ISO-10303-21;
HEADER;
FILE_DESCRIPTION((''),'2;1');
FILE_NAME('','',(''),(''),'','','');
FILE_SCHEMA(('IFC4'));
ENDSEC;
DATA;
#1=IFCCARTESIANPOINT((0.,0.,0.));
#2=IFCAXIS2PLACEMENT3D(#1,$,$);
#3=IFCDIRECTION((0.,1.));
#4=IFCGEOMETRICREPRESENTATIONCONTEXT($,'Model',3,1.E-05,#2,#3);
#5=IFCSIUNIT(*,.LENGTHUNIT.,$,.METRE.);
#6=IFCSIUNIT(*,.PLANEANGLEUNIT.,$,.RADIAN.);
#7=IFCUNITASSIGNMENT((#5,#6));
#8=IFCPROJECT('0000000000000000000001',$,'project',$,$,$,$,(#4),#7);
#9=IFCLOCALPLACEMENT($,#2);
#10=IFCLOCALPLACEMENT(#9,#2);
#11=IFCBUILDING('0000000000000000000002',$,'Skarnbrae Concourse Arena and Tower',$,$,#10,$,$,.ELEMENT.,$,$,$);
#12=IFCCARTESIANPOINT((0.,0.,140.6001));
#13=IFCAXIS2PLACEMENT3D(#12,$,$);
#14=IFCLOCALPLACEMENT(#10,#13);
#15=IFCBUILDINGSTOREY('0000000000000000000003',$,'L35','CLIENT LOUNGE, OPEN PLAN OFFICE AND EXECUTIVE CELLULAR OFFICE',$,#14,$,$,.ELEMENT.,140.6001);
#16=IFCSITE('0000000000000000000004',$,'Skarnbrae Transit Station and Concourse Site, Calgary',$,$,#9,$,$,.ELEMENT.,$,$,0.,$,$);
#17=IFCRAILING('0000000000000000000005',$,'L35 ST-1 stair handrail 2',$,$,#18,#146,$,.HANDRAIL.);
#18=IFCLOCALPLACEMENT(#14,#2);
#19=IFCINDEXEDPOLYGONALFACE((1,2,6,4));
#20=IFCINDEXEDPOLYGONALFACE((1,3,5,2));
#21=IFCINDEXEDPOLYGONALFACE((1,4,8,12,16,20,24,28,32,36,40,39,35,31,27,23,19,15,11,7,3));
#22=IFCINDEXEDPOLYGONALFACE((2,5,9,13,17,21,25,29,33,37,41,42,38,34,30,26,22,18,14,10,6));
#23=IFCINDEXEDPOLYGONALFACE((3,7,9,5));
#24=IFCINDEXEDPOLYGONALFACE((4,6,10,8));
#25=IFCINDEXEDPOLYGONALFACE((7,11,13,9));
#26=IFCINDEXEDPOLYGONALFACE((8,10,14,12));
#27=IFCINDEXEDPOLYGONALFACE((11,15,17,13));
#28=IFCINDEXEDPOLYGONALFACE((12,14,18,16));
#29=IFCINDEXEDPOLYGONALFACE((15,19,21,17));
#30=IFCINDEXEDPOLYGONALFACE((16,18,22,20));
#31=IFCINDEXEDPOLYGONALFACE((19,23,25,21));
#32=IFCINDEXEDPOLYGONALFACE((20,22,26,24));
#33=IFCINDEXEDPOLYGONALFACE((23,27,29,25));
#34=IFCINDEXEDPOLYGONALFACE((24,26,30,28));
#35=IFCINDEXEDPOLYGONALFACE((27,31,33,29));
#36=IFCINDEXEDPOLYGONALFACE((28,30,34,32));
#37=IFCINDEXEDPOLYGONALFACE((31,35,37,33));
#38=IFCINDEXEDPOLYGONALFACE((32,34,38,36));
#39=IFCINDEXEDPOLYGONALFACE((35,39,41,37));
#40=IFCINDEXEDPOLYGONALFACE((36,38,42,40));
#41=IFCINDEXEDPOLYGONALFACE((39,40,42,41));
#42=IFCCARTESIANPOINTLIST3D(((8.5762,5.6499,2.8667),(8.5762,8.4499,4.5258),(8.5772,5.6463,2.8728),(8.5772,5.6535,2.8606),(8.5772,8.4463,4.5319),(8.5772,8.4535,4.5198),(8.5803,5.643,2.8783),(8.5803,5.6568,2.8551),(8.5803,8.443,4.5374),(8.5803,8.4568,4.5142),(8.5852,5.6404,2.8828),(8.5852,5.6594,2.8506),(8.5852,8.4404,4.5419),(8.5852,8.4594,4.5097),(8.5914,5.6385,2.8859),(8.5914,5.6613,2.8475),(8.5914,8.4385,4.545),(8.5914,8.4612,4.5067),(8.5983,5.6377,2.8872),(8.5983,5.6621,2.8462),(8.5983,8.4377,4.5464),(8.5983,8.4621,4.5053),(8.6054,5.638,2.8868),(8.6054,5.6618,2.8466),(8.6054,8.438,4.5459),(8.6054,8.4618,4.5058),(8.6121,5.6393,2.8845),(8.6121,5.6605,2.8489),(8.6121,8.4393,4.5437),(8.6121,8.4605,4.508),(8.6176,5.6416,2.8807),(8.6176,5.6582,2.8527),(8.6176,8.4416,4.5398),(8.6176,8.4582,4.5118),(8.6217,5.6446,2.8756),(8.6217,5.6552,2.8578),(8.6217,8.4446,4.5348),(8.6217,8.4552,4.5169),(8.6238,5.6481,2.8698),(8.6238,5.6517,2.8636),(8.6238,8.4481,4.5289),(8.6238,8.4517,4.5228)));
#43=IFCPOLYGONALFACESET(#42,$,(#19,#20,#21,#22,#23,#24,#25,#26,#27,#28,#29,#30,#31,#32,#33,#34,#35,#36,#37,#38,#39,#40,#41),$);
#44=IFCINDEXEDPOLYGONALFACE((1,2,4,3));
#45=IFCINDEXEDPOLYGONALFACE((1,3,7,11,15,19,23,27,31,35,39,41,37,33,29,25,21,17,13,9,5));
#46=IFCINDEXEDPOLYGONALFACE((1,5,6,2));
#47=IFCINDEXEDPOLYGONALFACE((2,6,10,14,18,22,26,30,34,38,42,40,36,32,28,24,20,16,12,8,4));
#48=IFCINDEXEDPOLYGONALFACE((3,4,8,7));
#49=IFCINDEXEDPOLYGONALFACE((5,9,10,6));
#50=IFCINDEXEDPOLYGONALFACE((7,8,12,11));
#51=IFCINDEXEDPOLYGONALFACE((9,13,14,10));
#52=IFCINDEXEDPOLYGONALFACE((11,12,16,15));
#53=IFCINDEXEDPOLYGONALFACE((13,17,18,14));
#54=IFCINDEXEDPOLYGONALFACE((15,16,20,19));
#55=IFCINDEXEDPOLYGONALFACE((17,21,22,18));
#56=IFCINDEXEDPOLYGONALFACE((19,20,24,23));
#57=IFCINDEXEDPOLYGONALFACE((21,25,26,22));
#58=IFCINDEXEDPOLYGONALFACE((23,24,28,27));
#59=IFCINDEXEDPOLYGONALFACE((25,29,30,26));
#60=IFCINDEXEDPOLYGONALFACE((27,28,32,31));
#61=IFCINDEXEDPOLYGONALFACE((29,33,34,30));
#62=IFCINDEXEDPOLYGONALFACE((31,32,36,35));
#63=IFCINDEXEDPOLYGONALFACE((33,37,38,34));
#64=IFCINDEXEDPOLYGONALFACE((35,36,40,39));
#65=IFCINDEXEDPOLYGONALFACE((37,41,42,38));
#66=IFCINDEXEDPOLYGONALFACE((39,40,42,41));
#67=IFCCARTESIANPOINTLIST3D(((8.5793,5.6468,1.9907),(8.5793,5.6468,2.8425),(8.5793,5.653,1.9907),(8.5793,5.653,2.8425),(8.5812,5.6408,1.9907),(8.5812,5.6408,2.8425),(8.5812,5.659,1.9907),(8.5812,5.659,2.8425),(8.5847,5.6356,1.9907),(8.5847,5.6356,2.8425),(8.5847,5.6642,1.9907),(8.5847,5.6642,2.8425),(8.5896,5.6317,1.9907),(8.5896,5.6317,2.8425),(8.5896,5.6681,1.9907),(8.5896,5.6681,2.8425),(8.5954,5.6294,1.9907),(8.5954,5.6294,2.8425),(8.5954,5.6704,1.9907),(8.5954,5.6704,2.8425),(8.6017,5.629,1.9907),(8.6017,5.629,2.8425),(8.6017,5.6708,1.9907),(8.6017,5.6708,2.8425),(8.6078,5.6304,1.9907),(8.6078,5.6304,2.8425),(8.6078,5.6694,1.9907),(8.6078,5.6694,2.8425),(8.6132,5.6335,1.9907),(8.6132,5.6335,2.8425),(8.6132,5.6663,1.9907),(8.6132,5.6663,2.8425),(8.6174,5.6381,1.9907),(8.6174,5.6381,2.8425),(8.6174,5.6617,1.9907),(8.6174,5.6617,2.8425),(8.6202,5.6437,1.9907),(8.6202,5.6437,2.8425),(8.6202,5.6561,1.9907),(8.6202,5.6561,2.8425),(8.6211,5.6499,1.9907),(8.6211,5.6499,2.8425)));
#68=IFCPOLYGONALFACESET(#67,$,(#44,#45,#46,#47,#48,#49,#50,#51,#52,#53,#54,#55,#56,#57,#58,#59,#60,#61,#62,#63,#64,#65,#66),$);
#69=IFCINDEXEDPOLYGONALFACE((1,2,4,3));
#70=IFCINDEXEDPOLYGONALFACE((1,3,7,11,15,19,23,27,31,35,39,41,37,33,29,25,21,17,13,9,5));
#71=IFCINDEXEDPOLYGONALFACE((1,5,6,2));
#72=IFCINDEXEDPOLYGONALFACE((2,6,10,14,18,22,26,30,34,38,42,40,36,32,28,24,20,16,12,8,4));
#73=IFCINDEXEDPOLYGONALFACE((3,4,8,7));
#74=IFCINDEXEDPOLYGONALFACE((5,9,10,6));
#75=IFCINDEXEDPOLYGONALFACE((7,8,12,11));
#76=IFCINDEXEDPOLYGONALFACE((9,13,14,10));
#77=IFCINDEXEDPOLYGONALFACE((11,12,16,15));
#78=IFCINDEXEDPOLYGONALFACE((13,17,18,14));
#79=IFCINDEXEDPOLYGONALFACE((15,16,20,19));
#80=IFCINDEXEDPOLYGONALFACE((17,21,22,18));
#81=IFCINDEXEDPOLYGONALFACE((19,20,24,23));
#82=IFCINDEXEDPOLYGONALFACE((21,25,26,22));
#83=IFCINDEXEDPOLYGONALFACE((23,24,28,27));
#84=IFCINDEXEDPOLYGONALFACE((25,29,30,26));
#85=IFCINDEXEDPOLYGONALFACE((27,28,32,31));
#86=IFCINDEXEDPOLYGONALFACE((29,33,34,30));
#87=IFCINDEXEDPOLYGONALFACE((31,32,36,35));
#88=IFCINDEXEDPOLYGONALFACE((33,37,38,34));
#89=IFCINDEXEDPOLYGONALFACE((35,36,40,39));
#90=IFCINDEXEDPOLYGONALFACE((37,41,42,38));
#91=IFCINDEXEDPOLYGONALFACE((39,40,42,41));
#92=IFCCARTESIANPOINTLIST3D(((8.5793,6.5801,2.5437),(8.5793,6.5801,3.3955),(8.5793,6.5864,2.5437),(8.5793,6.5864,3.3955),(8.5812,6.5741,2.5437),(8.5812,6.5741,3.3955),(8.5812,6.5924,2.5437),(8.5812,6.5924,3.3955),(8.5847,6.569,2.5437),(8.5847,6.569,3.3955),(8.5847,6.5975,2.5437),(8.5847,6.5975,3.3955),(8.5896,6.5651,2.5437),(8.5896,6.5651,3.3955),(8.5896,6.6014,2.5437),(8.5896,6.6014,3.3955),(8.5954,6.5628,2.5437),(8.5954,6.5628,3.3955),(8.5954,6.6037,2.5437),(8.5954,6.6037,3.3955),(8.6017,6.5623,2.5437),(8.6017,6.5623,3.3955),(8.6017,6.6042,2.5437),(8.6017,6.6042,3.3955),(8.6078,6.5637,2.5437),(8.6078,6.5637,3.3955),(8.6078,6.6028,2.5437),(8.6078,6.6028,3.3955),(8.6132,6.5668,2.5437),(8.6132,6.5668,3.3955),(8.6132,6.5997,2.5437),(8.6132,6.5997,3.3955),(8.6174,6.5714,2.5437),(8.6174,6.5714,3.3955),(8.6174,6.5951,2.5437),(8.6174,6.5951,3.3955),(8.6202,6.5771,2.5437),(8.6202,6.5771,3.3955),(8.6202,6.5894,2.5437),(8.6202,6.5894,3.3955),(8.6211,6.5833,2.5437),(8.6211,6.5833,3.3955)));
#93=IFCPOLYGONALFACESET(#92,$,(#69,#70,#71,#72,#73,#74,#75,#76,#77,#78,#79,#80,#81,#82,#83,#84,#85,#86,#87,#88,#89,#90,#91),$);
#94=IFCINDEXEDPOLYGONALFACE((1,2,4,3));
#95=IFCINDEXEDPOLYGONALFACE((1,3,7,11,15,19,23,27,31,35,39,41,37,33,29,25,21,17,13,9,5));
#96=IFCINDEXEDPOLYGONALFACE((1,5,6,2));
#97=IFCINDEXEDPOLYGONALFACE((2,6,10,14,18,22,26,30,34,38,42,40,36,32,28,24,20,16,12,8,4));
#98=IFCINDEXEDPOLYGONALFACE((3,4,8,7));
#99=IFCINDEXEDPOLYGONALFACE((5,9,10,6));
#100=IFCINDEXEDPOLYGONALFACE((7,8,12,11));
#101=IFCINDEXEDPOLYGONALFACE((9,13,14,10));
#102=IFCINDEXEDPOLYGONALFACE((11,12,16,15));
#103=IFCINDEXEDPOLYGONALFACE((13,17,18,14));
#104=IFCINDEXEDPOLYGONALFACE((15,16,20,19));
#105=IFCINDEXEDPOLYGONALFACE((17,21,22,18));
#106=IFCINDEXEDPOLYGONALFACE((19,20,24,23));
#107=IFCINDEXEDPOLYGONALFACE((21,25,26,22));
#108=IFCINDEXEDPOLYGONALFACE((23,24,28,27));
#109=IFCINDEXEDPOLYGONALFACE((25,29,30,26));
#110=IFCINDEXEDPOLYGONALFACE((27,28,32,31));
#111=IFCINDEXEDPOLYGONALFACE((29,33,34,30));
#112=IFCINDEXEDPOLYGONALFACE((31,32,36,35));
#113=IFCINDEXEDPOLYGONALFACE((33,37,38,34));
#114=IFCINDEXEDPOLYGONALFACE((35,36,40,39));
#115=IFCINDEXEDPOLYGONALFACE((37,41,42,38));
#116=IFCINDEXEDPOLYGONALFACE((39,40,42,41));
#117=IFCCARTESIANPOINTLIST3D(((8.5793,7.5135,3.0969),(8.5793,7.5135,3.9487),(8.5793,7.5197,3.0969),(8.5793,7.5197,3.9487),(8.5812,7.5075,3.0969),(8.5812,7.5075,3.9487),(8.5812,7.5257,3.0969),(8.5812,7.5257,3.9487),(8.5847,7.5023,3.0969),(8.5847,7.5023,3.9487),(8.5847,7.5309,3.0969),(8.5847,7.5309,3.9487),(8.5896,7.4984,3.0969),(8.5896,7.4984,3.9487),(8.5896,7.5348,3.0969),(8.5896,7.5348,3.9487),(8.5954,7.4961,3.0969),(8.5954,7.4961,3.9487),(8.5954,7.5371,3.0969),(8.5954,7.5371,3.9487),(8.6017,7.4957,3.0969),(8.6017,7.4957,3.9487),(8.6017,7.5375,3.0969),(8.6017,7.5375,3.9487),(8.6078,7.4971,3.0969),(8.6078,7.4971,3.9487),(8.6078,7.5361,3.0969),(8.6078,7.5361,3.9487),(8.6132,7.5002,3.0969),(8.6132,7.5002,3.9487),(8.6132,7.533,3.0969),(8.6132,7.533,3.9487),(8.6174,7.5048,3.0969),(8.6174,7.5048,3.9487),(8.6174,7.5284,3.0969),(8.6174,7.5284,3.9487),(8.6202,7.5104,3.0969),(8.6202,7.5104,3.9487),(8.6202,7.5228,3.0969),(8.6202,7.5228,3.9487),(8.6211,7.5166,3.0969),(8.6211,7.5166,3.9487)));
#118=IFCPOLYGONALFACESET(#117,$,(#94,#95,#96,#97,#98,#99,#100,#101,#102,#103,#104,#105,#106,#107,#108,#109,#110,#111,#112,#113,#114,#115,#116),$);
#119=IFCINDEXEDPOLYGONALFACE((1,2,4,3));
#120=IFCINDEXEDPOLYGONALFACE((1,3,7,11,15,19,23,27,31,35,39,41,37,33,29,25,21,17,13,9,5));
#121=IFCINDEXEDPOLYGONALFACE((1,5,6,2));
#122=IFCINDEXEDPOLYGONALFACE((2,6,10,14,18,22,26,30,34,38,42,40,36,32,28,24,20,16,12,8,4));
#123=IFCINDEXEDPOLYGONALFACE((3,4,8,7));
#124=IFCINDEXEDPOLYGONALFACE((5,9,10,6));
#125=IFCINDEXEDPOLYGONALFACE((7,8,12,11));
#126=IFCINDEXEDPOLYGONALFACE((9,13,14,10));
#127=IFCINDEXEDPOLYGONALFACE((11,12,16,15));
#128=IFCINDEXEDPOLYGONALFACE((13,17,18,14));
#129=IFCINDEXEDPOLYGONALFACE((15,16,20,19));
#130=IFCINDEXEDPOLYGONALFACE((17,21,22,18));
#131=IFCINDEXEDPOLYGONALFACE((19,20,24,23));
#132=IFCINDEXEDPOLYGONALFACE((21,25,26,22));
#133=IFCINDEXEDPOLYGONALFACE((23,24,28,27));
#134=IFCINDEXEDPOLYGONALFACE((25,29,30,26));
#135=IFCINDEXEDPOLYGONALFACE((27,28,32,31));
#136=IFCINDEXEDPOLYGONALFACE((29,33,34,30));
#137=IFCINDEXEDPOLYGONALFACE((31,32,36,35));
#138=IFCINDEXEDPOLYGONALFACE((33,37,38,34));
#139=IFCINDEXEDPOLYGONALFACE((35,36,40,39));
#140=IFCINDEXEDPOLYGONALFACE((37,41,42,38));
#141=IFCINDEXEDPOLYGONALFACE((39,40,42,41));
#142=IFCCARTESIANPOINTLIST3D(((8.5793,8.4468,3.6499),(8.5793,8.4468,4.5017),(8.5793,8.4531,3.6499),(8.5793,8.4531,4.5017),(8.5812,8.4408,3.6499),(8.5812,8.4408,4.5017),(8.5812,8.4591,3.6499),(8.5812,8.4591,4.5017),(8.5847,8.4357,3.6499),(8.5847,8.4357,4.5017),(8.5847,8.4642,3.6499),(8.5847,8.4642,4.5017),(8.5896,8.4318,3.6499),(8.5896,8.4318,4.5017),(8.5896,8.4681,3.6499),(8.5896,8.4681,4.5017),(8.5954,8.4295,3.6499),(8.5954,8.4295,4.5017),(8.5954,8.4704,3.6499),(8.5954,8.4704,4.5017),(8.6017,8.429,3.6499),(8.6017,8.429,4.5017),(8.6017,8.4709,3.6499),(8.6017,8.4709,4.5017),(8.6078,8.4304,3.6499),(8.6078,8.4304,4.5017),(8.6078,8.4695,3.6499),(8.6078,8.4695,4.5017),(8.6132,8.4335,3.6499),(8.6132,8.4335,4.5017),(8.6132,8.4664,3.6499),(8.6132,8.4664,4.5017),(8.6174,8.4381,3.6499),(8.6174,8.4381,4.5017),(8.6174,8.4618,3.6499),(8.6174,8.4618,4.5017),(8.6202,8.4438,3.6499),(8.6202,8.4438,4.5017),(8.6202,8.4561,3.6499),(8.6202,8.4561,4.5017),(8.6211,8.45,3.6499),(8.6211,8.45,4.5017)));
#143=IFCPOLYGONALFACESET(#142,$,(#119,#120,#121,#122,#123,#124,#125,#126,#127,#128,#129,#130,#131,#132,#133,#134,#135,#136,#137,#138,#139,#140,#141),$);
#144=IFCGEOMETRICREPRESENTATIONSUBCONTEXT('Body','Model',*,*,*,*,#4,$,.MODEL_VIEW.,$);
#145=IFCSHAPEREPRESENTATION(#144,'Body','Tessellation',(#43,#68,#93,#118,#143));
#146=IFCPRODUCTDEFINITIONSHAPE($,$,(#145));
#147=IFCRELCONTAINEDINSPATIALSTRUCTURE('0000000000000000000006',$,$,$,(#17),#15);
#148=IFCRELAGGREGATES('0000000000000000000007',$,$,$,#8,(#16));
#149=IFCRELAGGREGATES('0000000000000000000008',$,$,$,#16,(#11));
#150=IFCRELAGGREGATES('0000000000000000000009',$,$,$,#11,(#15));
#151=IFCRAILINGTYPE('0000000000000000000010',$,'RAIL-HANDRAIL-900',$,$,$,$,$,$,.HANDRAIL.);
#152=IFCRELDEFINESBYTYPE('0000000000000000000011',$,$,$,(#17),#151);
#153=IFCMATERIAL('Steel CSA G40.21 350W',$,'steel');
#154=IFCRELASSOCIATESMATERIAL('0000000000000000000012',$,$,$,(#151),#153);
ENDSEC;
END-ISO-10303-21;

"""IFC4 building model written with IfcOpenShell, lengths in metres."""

from ifc_helpers import new_model, si_unit, direction, frame, origin, origin_2d, place, context, subcontext, project, spatial, circle, extrude, material, type_object, element, save


model = new_model("IFC4")

# Units and contexts
model_context = context("Model", 3, precision=1e-05, world=origin(), true_north=direction((0.0, 1.0)))
body_context = subcontext(model_context, "Body", "Model", "MODEL_VIEW")
ifc_project = project(units=[si_unit("LENGTHUNIT", "METRE"), si_unit("PLANEANGLEUNIT", "RADIAN")], contexts=[model_context])

# Site, building, storey
site_placement = place(None, origin())
site = spatial("IfcSite", under=ifc_project, at=site_placement, Name="Skarnbrae Transit Station and Concourse Site, Calgary", CompositionType="ELEMENT", RefElevation=0.0)
building_placement = place(site_placement, origin())
building = spatial("IfcBuilding", under=site, at=building_placement, Name="Skarnbrae Concourse Arena and Tower", CompositionType="ELEMENT")
storey_placement = place(building_placement, frame((0.0, 0.0, 140.6001)))
storey = spatial("IfcBuildingStorey", under=building, at=storey_placement, Name="L35", Description="CLIENT LOUNGE, OPEN PLAN OFFICE AND EXECUTIVE CELLULAR OFFICE", CompositionType="ELEMENT", Elevation=140.6001)

# Shared definitions
ifc_material_1 = material(Name="Steel CSA G40.21 350W", Category="steel")

# Railing
railing_type_1 = type_object("IfcRailingType", Name="RAIL-HANDRAIL-900", PredefinedType="HANDRAIL", material=ifc_material_1)
railing_1_placement = place(storey_placement, frame((8.6001, 5.6499, 1.9907)))
element("IfcRailing", 1, at=railing_1_placement, inside=storey, type_object=railing_type_1, Name="L35 ST-1 stair handrail 2", PredefinedType="HANDRAIL", context=body_context, shape_type="SweptSolid", body=[
    extrude(circle(Radius=0.0239, at=origin_2d()), frame((0.0, 0.0, 0.876), z_axis=(0.0, 0.860306, 0.509778), x_axis=(-1.0, 0.0, 0.0)), (0.0, 0.0, 1.0), 3.2546),
    extrude(circle(Radius=0.021, at=origin_2d()), origin(), (0.0, 0.0, 1.0), 0.8518),
    extrude(circle(Radius=0.021, at=origin_2d()), frame((0.0, 0.9333, 0.553)), (0.0, 0.0, 1.0), 0.8518),
    extrude(circle(Radius=0.021, at=origin_2d()), frame((0.0, 1.8667, 1.1062)), (0.0, 0.0, 1.0), 0.8518),
    extrude(circle(Radius=0.021, at=origin_2d()), frame((0.0, 2.8, 1.6592)), (0.0, 0.0, 1.0), 0.8518),
])

save(model, "model.ifc")
